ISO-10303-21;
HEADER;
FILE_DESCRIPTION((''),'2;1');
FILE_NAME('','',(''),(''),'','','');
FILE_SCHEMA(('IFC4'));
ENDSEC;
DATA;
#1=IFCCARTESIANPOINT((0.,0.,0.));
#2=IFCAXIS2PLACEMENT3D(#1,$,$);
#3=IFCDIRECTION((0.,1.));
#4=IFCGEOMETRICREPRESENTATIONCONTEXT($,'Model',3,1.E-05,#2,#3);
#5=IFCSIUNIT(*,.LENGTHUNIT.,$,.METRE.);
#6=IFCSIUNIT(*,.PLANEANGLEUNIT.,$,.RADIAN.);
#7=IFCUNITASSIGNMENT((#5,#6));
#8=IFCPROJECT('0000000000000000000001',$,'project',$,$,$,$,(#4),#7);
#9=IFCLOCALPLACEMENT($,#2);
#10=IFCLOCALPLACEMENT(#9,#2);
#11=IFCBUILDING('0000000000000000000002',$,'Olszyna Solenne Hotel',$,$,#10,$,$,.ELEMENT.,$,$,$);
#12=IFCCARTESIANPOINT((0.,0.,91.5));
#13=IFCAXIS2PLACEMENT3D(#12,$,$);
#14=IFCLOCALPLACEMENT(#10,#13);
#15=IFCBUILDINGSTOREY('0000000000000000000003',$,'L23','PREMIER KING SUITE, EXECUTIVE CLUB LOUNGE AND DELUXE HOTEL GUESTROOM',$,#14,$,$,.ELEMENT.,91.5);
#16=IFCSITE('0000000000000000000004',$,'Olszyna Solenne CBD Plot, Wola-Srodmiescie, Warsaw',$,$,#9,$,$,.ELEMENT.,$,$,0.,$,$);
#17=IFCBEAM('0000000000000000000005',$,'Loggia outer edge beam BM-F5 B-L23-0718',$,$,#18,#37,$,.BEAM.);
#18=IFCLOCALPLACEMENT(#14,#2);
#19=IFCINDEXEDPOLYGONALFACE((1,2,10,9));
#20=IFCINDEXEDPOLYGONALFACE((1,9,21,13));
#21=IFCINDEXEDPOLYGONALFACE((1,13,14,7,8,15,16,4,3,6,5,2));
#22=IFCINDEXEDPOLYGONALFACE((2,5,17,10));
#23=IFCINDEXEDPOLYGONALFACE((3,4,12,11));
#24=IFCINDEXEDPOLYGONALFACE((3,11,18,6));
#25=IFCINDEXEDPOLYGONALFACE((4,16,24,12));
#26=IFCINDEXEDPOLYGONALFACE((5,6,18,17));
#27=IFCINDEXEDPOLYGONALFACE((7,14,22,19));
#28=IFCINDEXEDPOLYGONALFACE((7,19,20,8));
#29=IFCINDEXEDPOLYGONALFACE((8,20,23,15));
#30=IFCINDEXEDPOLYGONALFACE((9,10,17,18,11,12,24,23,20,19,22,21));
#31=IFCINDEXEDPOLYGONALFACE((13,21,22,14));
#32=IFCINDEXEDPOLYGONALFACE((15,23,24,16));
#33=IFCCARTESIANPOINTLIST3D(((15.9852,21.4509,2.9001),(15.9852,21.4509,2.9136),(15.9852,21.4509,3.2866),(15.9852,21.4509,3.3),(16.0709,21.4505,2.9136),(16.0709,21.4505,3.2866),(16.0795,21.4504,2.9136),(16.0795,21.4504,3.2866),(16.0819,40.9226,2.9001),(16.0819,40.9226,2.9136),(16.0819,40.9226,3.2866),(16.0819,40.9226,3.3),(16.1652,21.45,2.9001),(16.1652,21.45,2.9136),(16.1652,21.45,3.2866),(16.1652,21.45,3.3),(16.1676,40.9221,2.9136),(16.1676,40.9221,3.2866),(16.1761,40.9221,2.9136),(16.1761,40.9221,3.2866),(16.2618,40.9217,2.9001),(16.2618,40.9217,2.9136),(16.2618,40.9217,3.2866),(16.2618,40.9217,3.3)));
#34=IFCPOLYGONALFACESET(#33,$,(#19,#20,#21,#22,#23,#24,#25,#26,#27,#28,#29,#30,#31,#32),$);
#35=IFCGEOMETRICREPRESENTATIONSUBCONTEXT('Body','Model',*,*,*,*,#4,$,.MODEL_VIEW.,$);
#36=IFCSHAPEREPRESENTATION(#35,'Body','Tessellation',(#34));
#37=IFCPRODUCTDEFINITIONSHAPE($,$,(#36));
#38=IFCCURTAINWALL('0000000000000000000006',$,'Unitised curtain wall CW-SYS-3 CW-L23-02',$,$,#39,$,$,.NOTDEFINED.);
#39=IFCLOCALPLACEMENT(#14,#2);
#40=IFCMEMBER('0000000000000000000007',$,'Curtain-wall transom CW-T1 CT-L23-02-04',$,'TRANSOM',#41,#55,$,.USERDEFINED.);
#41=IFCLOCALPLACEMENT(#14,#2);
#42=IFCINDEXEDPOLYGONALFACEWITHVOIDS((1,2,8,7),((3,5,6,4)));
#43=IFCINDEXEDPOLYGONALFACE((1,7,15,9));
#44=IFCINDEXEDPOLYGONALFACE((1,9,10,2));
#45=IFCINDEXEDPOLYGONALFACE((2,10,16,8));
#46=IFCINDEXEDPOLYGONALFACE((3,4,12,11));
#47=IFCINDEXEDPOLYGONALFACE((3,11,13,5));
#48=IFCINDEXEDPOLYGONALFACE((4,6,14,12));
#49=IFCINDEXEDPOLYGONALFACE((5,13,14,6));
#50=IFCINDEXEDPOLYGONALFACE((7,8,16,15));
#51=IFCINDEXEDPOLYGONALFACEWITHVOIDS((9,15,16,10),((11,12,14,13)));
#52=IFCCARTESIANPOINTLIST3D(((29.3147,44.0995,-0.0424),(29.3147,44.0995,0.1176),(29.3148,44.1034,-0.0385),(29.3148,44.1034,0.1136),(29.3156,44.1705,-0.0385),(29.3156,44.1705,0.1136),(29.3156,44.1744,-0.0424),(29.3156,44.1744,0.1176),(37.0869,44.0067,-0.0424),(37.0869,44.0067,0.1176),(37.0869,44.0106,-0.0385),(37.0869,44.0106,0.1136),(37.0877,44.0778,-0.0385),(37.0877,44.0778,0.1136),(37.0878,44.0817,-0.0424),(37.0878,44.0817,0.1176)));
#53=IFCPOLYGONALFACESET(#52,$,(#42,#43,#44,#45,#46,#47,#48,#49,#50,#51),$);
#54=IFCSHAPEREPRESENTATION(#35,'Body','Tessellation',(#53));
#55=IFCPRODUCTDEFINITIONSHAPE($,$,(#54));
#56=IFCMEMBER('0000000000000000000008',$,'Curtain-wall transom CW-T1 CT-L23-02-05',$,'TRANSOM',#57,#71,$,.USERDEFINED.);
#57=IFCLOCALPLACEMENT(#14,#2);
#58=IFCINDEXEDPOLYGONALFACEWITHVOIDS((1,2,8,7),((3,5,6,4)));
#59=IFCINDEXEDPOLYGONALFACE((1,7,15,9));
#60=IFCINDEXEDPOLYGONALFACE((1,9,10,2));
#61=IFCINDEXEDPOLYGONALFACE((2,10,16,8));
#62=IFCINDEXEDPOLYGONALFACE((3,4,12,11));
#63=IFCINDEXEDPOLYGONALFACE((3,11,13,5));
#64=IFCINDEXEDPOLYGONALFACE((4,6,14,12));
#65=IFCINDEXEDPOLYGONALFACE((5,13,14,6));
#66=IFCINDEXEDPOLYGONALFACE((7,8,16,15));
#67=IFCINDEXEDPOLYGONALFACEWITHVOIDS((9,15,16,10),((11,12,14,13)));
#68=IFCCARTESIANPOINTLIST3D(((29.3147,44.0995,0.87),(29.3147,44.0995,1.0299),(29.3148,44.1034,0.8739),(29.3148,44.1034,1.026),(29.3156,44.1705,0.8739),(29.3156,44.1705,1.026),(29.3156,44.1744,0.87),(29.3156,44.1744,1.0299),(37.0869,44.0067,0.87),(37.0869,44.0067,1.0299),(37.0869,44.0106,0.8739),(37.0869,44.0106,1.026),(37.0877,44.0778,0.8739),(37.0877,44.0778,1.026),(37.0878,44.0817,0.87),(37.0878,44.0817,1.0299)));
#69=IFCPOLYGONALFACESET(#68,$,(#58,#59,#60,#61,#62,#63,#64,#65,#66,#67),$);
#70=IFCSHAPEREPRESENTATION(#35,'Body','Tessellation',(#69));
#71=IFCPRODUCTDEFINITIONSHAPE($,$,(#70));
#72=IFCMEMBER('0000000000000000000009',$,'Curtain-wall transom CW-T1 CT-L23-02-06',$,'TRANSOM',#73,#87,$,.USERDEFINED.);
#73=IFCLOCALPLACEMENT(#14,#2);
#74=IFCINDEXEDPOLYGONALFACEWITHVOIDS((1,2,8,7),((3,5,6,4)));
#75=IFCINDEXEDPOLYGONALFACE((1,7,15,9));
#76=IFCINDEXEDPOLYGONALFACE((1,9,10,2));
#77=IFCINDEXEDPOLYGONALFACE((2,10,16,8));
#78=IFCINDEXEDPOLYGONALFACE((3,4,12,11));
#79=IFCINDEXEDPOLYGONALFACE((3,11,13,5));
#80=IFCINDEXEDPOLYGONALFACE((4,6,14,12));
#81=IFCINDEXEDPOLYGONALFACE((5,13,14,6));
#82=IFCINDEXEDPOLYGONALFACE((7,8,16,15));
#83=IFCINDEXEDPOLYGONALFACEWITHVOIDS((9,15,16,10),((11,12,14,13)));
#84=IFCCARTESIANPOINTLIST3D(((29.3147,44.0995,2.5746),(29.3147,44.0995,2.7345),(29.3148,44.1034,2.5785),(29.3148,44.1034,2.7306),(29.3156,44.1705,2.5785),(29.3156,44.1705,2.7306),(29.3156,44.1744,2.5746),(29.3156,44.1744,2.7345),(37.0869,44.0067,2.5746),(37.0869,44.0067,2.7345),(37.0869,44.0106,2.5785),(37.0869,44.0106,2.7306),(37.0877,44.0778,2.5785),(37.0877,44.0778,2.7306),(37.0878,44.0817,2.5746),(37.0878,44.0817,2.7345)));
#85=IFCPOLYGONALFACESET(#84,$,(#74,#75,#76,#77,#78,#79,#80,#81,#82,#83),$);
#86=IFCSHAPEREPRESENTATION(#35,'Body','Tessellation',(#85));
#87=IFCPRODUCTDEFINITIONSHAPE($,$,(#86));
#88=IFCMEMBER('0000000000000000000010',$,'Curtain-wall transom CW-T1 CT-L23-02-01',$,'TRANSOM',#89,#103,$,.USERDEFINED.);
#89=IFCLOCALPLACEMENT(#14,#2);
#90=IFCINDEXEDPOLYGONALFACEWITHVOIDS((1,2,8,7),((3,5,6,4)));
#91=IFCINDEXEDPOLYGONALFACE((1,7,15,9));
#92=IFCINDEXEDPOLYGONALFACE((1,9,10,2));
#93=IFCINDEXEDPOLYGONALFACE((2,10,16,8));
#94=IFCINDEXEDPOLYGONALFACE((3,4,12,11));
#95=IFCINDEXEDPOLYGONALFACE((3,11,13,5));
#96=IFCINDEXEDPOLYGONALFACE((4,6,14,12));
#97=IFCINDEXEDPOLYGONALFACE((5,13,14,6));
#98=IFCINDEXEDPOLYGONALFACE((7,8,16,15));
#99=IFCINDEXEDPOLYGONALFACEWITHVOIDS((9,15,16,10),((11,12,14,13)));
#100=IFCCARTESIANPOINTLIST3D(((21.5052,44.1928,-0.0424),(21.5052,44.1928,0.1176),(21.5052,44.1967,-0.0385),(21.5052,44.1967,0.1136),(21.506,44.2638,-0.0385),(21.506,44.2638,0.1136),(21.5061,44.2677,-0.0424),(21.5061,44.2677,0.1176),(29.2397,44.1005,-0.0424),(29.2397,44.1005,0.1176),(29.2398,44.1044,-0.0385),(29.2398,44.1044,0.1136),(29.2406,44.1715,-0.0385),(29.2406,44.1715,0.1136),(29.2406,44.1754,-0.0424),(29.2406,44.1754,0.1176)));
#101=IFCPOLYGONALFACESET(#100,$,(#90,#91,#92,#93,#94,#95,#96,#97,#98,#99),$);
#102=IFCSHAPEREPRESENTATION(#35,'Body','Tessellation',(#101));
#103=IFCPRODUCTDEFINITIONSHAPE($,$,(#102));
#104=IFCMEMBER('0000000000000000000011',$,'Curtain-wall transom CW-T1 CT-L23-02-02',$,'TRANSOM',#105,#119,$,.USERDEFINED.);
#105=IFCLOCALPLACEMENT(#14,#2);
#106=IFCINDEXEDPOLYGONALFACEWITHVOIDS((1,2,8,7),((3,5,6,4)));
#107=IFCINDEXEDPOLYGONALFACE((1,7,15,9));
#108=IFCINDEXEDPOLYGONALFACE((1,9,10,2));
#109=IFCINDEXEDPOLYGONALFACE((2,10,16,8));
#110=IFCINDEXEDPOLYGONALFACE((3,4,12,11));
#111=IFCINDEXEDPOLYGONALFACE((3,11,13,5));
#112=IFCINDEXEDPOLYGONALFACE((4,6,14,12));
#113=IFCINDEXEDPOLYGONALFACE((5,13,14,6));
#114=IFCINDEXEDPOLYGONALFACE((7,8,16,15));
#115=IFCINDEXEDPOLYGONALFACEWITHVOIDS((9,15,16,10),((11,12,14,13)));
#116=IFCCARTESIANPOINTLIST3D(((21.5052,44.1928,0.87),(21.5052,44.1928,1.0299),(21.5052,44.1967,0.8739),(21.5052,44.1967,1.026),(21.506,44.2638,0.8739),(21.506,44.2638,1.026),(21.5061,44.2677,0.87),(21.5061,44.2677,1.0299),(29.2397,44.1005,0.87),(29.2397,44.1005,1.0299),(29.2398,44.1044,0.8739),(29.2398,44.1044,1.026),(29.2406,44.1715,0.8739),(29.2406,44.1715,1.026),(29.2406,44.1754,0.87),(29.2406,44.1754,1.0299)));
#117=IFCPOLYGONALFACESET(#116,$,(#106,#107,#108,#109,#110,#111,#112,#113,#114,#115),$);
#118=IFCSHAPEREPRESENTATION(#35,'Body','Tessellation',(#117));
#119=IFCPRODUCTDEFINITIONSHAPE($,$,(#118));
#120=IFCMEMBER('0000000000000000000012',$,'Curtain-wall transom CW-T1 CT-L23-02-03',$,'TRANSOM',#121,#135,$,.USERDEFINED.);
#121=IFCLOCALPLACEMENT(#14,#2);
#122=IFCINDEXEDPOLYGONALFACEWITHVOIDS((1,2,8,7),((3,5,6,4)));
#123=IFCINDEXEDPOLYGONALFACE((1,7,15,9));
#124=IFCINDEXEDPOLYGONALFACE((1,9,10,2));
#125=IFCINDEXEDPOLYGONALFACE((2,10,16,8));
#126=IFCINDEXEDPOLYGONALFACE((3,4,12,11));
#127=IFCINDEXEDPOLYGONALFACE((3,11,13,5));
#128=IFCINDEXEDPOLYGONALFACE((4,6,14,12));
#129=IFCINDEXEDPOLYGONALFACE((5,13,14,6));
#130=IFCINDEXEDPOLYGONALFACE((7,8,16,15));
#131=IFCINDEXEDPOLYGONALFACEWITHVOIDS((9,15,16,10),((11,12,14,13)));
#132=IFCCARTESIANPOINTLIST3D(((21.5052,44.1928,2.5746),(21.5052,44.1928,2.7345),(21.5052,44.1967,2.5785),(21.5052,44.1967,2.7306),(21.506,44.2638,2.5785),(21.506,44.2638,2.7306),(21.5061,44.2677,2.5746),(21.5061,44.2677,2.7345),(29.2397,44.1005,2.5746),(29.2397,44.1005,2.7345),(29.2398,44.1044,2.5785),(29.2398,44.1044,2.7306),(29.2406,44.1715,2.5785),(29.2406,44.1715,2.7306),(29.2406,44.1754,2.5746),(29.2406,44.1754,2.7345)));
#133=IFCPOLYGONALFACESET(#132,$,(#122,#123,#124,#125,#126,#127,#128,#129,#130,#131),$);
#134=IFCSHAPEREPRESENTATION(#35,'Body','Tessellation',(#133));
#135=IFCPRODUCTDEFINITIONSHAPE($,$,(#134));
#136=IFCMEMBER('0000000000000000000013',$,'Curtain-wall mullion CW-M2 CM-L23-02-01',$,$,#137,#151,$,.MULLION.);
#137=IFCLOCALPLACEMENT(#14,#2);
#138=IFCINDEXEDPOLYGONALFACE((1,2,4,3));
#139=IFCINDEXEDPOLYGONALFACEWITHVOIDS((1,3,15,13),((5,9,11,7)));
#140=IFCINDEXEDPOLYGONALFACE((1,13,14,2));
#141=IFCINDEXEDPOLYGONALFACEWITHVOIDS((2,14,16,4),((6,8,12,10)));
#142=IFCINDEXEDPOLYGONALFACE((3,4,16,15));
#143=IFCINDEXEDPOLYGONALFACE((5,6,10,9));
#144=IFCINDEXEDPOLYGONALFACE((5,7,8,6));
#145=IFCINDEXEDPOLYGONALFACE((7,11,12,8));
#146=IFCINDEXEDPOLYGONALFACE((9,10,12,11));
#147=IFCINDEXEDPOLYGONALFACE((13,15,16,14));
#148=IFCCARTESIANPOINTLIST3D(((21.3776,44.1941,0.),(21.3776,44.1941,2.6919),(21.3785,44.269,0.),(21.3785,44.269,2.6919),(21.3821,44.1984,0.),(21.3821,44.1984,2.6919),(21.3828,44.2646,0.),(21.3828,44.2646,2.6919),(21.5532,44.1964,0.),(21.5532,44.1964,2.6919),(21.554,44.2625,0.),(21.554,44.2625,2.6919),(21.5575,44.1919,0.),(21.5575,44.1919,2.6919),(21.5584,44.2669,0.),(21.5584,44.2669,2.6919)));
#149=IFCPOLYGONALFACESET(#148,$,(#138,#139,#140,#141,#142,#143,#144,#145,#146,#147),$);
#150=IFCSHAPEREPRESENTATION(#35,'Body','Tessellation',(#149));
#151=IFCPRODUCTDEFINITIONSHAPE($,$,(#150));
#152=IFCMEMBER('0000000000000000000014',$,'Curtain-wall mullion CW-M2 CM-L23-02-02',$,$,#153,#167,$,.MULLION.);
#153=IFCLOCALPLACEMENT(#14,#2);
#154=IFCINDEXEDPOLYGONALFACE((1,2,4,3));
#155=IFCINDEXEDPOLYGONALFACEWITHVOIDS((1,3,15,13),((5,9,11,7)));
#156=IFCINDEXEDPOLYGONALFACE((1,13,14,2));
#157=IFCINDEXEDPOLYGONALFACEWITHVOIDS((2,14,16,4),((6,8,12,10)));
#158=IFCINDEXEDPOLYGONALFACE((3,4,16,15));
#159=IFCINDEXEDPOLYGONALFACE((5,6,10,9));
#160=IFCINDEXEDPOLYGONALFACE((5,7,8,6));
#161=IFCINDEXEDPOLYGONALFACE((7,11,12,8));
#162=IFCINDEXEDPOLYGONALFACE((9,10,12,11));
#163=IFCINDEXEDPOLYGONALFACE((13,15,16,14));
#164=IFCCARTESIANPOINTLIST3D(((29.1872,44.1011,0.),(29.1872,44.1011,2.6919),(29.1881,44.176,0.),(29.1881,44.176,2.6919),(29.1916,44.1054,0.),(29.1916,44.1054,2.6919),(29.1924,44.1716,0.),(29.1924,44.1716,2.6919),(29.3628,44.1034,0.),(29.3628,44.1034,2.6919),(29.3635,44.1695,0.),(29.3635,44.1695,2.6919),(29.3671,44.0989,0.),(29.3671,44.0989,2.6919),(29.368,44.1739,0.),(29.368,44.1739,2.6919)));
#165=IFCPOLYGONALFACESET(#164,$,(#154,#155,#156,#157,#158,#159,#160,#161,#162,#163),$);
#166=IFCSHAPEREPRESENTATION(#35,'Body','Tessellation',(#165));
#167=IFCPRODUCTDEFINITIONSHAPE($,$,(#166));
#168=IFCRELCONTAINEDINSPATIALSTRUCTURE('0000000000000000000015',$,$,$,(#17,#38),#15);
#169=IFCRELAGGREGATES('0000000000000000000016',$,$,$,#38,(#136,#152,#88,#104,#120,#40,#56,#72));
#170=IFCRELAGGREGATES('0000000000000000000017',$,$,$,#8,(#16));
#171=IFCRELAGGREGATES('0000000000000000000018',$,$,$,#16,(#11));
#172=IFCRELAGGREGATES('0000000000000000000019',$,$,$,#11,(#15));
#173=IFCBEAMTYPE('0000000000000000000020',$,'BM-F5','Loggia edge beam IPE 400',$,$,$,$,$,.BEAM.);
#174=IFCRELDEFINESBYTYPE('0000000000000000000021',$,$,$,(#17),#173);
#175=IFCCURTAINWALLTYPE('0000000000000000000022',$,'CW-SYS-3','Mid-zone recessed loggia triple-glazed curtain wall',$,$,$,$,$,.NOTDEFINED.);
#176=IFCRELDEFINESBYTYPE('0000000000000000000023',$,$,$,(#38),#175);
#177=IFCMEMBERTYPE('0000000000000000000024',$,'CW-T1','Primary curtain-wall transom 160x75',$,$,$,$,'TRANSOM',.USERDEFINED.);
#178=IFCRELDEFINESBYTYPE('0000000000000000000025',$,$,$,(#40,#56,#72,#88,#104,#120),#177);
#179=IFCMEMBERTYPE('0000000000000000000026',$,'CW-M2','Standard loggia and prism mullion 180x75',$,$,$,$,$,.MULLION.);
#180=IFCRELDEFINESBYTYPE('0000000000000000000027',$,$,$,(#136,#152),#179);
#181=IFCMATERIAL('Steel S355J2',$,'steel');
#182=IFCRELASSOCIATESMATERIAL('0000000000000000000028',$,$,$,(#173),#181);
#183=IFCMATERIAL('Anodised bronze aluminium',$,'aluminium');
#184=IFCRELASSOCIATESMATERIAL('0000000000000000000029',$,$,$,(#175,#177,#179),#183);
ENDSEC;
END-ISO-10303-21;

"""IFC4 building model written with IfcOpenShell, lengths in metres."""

from ifc_helpers import new_model, si_unit, direction, frame, origin, origin_2d, place, context, subcontext, project, spatial, hollow_rectangle, i_section, extrude, source, transform, mapped, material, material_profile, profile_set, type_object, element, aggregate, save


model = new_model("IFC4")

# Units and contexts
model_context = context("Model", 3, precision=1e-05, world=origin(), true_north=direction((0.0, 1.0)))
body_context = subcontext(model_context, "Body", "Model", "MODEL_VIEW")
ifc_project = project(units=[si_unit("LENGTHUNIT", "METRE"), si_unit("PLANEANGLEUNIT", "RADIAN")], contexts=[model_context])

# Site, building, storey
site_placement = place(None, origin())
site = spatial("IfcSite", under=ifc_project, at=site_placement, Name="Olszyna Solenne CBD Plot, Wola-Srodmiescie, Warsaw", CompositionType="ELEMENT", RefElevation=0.0)
building_placement = place(site_placement, origin())
building = spatial("IfcBuilding", under=site, at=building_placement, Name="Olszyna Solenne Hotel", CompositionType="ELEMENT")
storey_placement = place(building_placement, frame((0.0, 0.0, 91.5)))
storey = spatial("IfcBuildingStorey", under=building, at=storey_placement, Name="L23", Description="PREMIER KING SUITE, EXECUTIVE CLUB LOUNGE AND DELUXE HOTEL GUESTROOM", CompositionType="ELEMENT", Elevation=91.5)

# Shared definitions
ifc_material_1 = material(Name="Steel S355J2", Category="steel")

# Beam
ifc_material_profile_1 = material_profile(ifc_material_1, i_section(OverallWidth=0.1799, OverallDepth=0.3999, WebThickness=0.0085, FlangeThickness=0.0134, at=origin_2d()), Name="IPE 400", Category="load-bearing")
ifc_profile_set_1 = profile_set([ifc_material_profile_1], Name="Steel S355J2")
beam_type_1 = type_object("IfcBeamType", Name="BM-F5", Description="Loggia edge beam IPE 400", PredefinedType="BEAM", material=ifc_profile_set_1)
shared_shape_1 = source(origin(), body_context, "Body", "SweptSolid", [
    extrude(i_section(OverallWidth=0.1799, OverallDepth=0.3999, WebThickness=0.0085, FlangeThickness=0.0134, at=origin_2d()), origin(), (0.0, 0.0, 1.0), 19.4719),
])
beam_1_placement = place(storey_placement, frame((16.1719, 40.9221, 3.1001), z_axis=(-0.004965, -0.999988, 0.0), x_axis=(0.999988, -0.004965, 0.0)))
element("IfcBeam", 1, at=beam_1_placement, inside=storey, type_object=beam_type_1, Name="Loggia outer edge beam BM-F5 B-L23-0718", PredefinedType="BEAM", context=body_context, shape_type="MappedRepresentation", body=[
    mapped(shared_shape_1, transform((0.0, 0.0, 0.0), x_axis=(1.0, 0.0, 0.0), y_axis=(0.0, 1.0, 0.0), z_axis=(0.0, 0.0, 1.0), scale=1.0)),
])

# Curtain wall, members
ifc_material_2 = material(Name="Anodised bronze aluminium", Category="aluminium")
curtain_wall_type = type_object("IfcCurtainWallType", Name="CW-SYS-3", Description="Mid-zone recessed loggia triple-glazed curtain wall", PredefinedType="NOTDEFINED", material=ifc_material_2)
curtain_wall_placement = place(storey_placement, origin())
curtain_wall = element("IfcCurtainWall", 2, at=curtain_wall_placement, inside=storey, type_object=curtain_wall_type, Name="Unitised curtain wall CW-SYS-3 CW-L23-02", PredefinedType="NOTDEFINED")
ifc_material_profile_2 = material_profile(ifc_material_2, hollow_rectangle(XDim=0.075, YDim=0.1599, WallThickness=0.0039, at=origin_2d()), Name="TRAN 160x75x4", Category="load-bearing")
ifc_profile_set_2 = profile_set([ifc_material_profile_2], Name="Anodised bronze aluminium")
member_type_1 = type_object("IfcMemberType", Name="CW-T1", Description="Primary curtain-wall transom 160x75", ElementType="TRANSOM", PredefinedType="USERDEFINED", material=ifc_profile_set_2)
shared_shape_2 = source(origin(), body_context, "Body", "SweptSolid", [
    extrude(hollow_rectangle(XDim=0.075, YDim=0.1599, WallThickness=0.0039, at=origin_2d()), origin(), (0.0, 0.0, 1.0), 7.7727),
])
member_1_placement = place(storey_placement, frame((29.3152, 44.137, 0.0376), z_axis=(0.999929, -0.011936, 0.0), x_axis=(0.011936, 0.999929, 0.0)))
member_1 = element("IfcMember", 3, at=member_1_placement, type_object=member_type_1, Name="Curtain-wall transom CW-T1 CT-L23-02-04", ObjectType="TRANSOM", PredefinedType="USERDEFINED", context=body_context, shape_type="MappedRepresentation", body=[
    mapped(shared_shape_2, transform((0.0, 0.0, 0.0), x_axis=(1.0, 0.0, 0.0), y_axis=(0.0, 1.0, 0.0), z_axis=(0.0, 0.0, 1.0), scale=1.0)),
])
member_2_placement = place(storey_placement, frame((29.3152, 44.137, 0.95), z_axis=(0.999929, -0.011936, 0.0), x_axis=(0.011936, 0.999929, 0.0)))
member_2 = element("IfcMember", 4, at=member_2_placement, type_object=member_type_1, Name="Curtain-wall transom CW-T1 CT-L23-02-05", ObjectType="TRANSOM", PredefinedType="USERDEFINED", context=body_context, shape_type="MappedRepresentation", body=[
    mapped(shared_shape_2, transform((0.0, 0.0, 0.0), x_axis=(1.0, 0.0, 0.0), y_axis=(0.0, 1.0, 0.0), z_axis=(0.0, 0.0, 1.0), scale=1.0)),
])
member_3_placement = place(storey_placement, frame((29.3152, 44.137, 2.6545), z_axis=(0.999929, -0.011936, 0.0), x_axis=(0.011936, 0.999929, 0.0)))
member_3 = element("IfcMember", 5, at=member_3_placement, type_object=member_type_1, Name="Curtain-wall transom CW-T1 CT-L23-02-06", ObjectType="TRANSOM", PredefinedType="USERDEFINED", context=body_context, shape_type="MappedRepresentation", body=[
    mapped(shared_shape_2, transform((0.0, 0.0, 0.0), x_axis=(1.0, 0.0, 0.0), y_axis=(0.0, 1.0, 0.0), z_axis=(0.0, 0.0, 1.0), scale=1.0)),
])
shared_shape_3 = source(origin(), body_context, "Body", "SweptSolid", [
    extrude(hollow_rectangle(XDim=0.075, YDim=0.1599, WallThickness=0.0039, at=origin_2d()), origin(), (0.0, 0.0, 1.0), 7.7351),
])
member_4_placement = place(storey_placement, frame((21.5056, 44.2302, 0.0376), z_axis=(0.999929, -0.011931, 0.0), x_axis=(0.011931, 0.999929, 0.0)))
member_4 = element("IfcMember", 6, at=member_4_placement, type_object=member_type_1, Name="Curtain-wall transom CW-T1 CT-L23-02-01", ObjectType="TRANSOM", PredefinedType="USERDEFINED", context=body_context, shape_type="MappedRepresentation", body=[
    mapped(shared_shape_3, transform((0.0, 0.0, 0.0), x_axis=(1.0, 0.0, 0.0), y_axis=(0.0, 1.0, 0.0), z_axis=(0.0, 0.0, 1.0), scale=1.0)),
])
member_5_placement = place(storey_placement, frame((21.5056, 44.2302, 0.95), z_axis=(0.999929, -0.011931, 0.0), x_axis=(0.011931, 0.999929, 0.0)))
member_5 = element("IfcMember", 7, at=member_5_placement, type_object=member_type_1, Name="Curtain-wall transom CW-T1 CT-L23-02-02", ObjectType="TRANSOM", PredefinedType="USERDEFINED", context=body_context, shape_type="MappedRepresentation", body=[
    mapped(shared_shape_3, transform((0.0, 0.0, 0.0), x_axis=(1.0, 0.0, 0.0), y_axis=(0.0, 1.0, 0.0), z_axis=(0.0, 0.0, 1.0), scale=1.0)),
])
member_6_placement = place(storey_placement, frame((21.5056, 44.2302, 2.6545), z_axis=(0.999929, -0.011931, 0.0), x_axis=(0.011931, 0.999929, 0.0)))
member_6 = element("IfcMember", 8, at=member_6_placement, type_object=member_type_1, Name="Curtain-wall transom CW-T1 CT-L23-02-03", ObjectType="TRANSOM", PredefinedType="USERDEFINED", context=body_context, shape_type="MappedRepresentation", body=[
    mapped(shared_shape_3, transform((0.0, 0.0, 0.0), x_axis=(1.0, 0.0, 0.0), y_axis=(0.0, 1.0, 0.0), z_axis=(0.0, 0.0, 1.0), scale=1.0)),
])
ifc_material_profile_3 = material_profile(ifc_material_2, hollow_rectangle(XDim=0.075, YDim=0.1799, WallThickness=0.0044, at=origin_2d()), Name="MULL 180x75x4.5", Category="load-bearing")
ifc_profile_set_3 = profile_set([ifc_material_profile_3], Name="Anodised bronze aluminium")
member_type_2 = type_object("IfcMemberType", Name="CW-M2", Description="Standard loggia and prism mullion 180x75", PredefinedType="MULLION", material=ifc_profile_set_3)
shared_shape_4 = source(origin(), body_context, "Body", "SweptSolid", [
    extrude(hollow_rectangle(XDim=0.075, YDim=0.1799, WallThickness=0.0044, at=origin_2d()), origin(), (0.0, 0.0, 1.0), 2.6919),
])
member_7_placement = place(storey_placement, frame((21.468, 44.2305, 0.0), z_axis=(0.0, 0.0, 1.0), x_axis=(0.011927, 0.999929, 0.0)))
member_7 = element("IfcMember", 9, at=member_7_placement, type_object=member_type_2, Name="Curtain-wall mullion CW-M2 CM-L23-02-01", PredefinedType="MULLION", context=body_context, shape_type="MappedRepresentation", body=[
    mapped(shared_shape_4, transform((0.0, 0.0, 0.0), x_axis=(1.0, 0.0, 0.0), y_axis=(0.0, 1.0, 0.0), z_axis=(0.0, 0.0, 1.0), scale=1.0)),
])
member_8_placement = place(storey_placement, frame((29.2776, 44.1375, 0.0), z_axis=(0.0, 0.0, 1.0), x_axis=(0.011927, 0.999929, 0.0)))
member_8 = element("IfcMember", 10, at=member_8_placement, type_object=member_type_2, Name="Curtain-wall mullion CW-M2 CM-L23-02-02", PredefinedType="MULLION", context=body_context, shape_type="MappedRepresentation", body=[
    mapped(shared_shape_4, transform((0.0, 0.0, 0.0), x_axis=(1.0, 0.0, 0.0), y_axis=(0.0, 1.0, 0.0), z_axis=(0.0, 0.0, 1.0), scale=1.0)),
])

aggregate(curtain_wall, [member_7, member_8, member_4, member_5, member_6, member_1, member_2, member_3])

save(model, "model.ifc")
